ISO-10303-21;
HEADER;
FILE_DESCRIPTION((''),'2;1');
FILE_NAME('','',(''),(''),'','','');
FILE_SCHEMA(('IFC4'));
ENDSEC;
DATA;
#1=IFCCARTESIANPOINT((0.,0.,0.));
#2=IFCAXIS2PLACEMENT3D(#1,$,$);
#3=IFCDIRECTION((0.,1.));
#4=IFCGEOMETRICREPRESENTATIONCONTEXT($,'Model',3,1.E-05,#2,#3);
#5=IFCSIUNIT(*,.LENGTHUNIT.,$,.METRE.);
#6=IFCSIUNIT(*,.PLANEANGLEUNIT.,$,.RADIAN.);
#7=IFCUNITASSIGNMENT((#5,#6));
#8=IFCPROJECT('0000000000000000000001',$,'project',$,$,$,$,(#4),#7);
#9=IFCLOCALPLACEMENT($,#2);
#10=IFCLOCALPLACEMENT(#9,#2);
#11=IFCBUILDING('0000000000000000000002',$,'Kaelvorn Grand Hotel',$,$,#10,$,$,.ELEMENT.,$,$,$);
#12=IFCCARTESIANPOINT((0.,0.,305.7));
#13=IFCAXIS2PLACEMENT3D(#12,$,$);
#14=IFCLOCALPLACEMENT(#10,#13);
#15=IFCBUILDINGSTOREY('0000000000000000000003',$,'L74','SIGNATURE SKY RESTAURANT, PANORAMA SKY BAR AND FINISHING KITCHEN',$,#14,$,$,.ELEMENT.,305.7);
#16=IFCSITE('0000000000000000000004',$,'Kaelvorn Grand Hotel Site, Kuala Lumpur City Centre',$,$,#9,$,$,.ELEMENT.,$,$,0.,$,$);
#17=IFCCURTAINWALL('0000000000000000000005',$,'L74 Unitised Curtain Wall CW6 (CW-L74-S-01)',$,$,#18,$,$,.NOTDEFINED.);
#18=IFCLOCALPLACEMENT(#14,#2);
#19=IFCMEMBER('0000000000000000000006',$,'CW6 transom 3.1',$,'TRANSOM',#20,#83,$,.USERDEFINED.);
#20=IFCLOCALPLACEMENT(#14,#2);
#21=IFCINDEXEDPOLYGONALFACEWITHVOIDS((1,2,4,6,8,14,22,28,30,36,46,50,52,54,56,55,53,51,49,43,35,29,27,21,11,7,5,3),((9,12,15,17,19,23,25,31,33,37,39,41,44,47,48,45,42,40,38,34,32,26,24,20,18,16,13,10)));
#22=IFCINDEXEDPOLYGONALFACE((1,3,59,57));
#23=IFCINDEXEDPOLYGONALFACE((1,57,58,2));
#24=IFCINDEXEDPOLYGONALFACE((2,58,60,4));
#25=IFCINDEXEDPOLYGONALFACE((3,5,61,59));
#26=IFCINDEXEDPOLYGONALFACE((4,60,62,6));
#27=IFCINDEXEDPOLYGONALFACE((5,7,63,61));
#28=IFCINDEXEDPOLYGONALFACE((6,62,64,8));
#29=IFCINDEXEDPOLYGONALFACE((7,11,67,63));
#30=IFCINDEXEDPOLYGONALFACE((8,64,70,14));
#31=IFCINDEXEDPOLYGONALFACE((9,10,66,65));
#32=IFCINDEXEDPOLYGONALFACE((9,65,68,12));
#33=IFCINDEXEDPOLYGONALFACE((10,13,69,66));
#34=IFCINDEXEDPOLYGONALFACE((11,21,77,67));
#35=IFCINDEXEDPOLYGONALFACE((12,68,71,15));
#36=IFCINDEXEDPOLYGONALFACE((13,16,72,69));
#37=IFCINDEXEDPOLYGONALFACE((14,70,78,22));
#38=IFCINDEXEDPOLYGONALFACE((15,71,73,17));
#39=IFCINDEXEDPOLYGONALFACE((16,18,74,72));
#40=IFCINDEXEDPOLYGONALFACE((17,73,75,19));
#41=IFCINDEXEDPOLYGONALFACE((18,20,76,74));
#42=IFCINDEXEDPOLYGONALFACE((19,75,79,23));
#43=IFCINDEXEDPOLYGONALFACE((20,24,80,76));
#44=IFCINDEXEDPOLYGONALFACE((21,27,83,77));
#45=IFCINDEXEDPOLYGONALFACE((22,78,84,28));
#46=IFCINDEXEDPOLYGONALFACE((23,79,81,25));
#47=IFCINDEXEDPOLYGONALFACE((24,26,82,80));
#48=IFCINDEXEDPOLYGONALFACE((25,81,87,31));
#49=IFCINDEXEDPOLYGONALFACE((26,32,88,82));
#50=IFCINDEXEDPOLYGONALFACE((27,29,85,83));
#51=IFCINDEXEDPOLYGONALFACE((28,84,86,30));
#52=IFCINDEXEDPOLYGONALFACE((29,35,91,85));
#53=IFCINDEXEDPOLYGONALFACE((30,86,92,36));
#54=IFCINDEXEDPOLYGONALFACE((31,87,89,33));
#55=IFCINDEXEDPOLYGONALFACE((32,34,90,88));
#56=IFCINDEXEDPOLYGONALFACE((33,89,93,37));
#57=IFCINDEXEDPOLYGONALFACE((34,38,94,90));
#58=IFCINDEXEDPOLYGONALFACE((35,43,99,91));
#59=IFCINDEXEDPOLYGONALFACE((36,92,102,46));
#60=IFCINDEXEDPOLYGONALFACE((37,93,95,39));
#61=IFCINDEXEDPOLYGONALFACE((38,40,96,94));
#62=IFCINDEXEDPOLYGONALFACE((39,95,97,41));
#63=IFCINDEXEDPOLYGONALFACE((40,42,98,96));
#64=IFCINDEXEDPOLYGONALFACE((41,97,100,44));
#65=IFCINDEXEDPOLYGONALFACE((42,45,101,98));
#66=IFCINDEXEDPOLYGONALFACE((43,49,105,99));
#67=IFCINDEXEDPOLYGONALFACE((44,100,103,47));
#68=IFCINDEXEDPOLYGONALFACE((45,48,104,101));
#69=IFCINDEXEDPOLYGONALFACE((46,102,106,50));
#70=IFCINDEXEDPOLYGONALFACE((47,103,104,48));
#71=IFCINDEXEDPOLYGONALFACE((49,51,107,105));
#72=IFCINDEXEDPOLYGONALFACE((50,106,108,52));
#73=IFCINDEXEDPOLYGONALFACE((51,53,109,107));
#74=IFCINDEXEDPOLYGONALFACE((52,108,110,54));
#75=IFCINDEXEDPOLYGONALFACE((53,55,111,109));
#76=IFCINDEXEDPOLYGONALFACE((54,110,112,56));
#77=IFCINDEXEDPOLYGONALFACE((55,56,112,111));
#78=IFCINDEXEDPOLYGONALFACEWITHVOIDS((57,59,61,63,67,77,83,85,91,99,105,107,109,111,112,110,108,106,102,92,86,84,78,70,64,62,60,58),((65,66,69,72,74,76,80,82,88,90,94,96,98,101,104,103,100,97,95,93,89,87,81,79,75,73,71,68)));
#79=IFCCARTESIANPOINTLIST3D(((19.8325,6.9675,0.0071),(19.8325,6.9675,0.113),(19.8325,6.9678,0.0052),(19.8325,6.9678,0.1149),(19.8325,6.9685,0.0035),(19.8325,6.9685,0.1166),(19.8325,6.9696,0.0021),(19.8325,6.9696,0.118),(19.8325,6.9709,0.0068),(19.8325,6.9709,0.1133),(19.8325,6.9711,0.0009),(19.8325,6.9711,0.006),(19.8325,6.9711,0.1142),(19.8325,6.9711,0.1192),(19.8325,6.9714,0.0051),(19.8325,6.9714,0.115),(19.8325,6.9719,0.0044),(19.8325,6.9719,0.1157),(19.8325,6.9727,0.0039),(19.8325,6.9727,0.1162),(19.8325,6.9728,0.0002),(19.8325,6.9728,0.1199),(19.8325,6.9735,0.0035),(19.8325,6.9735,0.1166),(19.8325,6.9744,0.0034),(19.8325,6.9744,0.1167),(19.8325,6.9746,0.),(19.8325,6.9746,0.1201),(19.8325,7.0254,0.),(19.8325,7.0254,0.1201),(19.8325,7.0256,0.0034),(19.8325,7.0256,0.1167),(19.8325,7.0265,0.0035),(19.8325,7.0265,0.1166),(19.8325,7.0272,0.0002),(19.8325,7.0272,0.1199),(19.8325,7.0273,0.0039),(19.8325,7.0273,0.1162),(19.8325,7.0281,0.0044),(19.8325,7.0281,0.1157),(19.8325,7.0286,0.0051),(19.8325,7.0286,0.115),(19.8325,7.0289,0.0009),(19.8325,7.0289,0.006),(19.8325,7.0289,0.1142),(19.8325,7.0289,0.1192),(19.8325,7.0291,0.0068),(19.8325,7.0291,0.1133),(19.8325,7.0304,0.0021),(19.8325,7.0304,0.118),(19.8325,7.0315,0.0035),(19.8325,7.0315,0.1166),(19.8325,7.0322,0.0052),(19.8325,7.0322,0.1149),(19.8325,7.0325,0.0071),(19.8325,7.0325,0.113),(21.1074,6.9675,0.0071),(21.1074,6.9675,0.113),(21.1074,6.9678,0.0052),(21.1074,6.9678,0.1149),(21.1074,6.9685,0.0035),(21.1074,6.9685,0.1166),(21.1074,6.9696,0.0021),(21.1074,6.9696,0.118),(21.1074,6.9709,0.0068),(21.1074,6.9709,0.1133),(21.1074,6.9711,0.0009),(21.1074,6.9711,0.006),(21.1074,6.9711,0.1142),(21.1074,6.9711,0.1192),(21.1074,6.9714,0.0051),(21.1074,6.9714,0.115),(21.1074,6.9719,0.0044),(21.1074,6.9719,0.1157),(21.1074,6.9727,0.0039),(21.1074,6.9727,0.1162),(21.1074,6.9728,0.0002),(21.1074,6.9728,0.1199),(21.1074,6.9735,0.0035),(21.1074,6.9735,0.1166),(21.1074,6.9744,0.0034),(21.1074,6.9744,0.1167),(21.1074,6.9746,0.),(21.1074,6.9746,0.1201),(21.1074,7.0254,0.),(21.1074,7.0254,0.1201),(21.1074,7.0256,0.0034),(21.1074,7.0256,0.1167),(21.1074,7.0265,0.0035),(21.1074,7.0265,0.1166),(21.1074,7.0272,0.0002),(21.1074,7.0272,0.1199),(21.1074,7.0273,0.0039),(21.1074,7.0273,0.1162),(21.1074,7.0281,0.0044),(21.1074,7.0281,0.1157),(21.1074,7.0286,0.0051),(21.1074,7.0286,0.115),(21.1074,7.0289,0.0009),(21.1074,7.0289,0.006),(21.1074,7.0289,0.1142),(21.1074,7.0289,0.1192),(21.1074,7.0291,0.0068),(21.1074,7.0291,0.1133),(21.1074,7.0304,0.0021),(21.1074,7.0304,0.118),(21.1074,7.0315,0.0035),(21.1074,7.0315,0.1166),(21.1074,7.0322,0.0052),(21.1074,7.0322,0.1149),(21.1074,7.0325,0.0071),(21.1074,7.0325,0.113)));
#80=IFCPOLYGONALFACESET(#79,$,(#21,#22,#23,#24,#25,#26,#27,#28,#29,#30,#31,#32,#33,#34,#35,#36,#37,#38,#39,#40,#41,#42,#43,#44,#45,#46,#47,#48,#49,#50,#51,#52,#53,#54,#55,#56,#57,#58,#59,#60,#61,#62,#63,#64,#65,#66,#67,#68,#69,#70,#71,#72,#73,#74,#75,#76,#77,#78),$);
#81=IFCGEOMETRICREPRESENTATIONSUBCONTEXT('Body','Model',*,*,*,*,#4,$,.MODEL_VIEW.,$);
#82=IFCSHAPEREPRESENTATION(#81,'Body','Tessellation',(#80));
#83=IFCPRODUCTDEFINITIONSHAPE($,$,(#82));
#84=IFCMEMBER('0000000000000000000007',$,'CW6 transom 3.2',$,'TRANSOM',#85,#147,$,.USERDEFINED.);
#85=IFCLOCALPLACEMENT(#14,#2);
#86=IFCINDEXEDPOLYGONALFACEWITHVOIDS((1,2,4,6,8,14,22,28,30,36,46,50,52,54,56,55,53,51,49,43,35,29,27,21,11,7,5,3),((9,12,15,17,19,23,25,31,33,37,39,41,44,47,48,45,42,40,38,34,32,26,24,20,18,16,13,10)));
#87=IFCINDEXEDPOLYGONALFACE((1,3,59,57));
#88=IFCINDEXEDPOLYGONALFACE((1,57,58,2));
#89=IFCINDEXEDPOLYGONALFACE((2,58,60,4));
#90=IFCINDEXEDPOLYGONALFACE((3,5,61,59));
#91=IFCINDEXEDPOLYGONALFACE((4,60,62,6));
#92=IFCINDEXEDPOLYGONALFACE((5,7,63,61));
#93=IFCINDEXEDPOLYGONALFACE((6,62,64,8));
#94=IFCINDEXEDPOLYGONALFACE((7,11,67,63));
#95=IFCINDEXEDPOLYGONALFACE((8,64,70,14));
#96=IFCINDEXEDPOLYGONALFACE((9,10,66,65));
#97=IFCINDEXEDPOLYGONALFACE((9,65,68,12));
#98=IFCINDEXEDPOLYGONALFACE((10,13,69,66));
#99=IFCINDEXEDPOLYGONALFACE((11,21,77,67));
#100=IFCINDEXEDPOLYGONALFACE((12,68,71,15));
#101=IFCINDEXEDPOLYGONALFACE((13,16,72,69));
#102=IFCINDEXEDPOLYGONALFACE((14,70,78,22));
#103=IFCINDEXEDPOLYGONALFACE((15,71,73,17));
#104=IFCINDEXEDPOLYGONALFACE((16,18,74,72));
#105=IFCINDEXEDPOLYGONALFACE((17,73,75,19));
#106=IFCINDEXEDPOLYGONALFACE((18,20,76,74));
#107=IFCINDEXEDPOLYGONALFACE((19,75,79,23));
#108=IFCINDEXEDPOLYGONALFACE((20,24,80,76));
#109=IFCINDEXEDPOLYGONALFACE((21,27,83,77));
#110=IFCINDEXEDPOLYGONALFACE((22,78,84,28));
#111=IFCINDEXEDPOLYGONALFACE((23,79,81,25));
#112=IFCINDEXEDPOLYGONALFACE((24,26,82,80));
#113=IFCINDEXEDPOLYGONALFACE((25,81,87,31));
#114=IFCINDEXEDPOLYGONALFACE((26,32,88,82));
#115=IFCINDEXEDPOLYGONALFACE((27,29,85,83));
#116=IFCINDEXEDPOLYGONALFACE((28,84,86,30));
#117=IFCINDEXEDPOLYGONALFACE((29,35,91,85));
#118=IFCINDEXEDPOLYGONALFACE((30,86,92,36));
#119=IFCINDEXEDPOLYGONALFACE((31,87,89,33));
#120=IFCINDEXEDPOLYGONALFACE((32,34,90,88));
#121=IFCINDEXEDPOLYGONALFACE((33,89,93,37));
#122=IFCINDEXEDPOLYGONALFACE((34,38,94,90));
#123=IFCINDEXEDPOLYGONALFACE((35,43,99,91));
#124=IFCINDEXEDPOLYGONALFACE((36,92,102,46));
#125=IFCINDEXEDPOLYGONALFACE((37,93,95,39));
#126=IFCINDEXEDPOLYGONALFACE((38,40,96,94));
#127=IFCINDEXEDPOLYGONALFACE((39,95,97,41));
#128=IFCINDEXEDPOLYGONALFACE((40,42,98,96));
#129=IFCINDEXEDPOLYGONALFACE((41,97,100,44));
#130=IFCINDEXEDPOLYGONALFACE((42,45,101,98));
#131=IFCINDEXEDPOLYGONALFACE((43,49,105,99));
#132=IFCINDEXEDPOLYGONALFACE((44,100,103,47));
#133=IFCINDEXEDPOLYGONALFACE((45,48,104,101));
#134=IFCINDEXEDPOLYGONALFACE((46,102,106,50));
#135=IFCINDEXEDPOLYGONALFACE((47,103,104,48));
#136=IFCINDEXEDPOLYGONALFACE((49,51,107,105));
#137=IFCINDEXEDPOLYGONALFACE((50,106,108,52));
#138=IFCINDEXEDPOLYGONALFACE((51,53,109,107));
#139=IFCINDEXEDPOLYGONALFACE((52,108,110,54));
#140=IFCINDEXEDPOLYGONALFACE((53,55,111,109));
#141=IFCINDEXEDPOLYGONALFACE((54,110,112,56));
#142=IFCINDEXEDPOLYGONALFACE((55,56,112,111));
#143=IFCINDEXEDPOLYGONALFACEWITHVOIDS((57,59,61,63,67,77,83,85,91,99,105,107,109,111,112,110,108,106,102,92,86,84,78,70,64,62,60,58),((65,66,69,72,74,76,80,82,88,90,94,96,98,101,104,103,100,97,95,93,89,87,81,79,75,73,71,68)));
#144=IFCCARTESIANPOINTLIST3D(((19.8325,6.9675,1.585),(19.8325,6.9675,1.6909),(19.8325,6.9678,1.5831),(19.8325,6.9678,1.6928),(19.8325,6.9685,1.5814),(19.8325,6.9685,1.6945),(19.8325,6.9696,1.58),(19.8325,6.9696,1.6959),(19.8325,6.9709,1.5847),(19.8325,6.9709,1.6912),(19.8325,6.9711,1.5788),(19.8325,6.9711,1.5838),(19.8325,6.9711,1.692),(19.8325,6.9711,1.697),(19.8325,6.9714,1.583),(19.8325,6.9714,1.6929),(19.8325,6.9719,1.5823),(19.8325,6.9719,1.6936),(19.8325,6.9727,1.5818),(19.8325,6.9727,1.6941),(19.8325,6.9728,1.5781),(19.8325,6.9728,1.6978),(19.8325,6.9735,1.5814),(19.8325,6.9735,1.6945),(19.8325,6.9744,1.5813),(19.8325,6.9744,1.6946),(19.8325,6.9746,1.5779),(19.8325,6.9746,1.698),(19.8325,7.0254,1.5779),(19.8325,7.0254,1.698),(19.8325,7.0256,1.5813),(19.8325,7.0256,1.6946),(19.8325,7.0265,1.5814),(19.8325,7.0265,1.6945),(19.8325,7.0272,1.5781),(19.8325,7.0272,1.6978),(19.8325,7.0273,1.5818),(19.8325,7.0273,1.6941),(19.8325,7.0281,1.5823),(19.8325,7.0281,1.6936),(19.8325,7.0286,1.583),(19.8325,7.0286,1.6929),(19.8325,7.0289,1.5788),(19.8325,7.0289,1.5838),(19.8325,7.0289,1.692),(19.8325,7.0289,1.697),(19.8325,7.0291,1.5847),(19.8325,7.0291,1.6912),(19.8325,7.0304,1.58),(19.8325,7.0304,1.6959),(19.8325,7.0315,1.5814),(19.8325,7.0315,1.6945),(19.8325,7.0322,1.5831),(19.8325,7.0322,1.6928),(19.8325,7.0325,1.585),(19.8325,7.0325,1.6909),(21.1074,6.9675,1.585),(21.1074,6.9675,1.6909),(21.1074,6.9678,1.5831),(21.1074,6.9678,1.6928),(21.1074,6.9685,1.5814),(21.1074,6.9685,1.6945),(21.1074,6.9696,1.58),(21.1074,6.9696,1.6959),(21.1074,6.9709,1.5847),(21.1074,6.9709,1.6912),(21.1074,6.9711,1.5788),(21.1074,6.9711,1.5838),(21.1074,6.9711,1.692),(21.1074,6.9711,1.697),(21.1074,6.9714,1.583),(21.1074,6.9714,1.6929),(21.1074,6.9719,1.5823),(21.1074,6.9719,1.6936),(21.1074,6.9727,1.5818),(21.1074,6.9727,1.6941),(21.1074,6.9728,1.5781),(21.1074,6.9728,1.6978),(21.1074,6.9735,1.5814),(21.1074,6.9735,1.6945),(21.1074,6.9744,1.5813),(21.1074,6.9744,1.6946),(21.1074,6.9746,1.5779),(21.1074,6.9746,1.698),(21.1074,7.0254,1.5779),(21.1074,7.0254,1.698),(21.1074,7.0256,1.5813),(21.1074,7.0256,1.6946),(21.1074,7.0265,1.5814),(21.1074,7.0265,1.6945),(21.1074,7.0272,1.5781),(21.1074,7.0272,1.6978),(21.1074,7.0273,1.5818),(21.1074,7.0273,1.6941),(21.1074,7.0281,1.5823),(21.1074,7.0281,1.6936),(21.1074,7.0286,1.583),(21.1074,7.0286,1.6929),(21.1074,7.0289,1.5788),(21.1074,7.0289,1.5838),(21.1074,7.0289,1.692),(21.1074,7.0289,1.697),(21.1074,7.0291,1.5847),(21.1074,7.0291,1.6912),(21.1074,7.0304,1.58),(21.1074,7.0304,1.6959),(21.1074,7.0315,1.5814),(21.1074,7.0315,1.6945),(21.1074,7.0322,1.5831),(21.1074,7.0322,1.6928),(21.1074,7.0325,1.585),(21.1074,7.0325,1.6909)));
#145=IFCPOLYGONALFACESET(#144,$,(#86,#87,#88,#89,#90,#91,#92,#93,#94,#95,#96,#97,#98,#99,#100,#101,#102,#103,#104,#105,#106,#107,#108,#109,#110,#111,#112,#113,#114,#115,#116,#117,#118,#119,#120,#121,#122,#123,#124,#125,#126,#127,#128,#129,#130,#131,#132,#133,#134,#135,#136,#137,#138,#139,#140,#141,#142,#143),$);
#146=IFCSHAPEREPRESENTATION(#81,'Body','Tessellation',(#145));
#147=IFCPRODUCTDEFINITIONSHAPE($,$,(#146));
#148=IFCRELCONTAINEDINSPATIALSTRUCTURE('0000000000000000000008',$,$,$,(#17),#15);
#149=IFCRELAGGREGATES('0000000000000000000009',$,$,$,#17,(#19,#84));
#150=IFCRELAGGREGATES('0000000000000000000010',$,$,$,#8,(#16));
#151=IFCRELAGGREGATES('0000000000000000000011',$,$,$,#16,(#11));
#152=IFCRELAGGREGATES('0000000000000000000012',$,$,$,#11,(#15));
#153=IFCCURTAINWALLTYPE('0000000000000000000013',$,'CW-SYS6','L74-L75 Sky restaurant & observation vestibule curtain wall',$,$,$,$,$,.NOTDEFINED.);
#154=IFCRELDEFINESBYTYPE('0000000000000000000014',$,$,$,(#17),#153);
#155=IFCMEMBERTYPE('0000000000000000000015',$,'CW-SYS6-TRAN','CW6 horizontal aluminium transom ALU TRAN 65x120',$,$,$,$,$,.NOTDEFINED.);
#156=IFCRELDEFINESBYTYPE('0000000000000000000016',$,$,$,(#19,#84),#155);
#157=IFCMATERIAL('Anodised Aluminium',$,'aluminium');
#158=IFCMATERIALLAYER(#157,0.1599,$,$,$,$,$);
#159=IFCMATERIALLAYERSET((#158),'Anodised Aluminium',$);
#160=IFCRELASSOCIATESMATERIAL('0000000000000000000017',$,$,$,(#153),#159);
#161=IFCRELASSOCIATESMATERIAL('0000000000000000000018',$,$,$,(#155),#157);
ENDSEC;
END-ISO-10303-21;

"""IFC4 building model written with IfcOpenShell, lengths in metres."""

from ifc_helpers import new_model, si_unit, direction, frame, origin, origin_2d, place, context, subcontext, project, spatial, hollow_rectangle, extrude, material, layer, layer_set, material_profile, profile_set, type_object, element, aggregate, save


model = new_model("IFC4")

# Units and contexts
model_context = context("Model", 3, precision=1e-05, world=origin(), true_north=direction((0.0, 1.0)))
body_context = subcontext(model_context, "Body", "Model", "MODEL_VIEW")
ifc_project = project(units=[si_unit("LENGTHUNIT", "METRE"), si_unit("PLANEANGLEUNIT", "RADIAN")], contexts=[model_context])

# Site, building, storey
site_placement = place(None, origin())
site = spatial("IfcSite", under=ifc_project, at=site_placement, Name="Kaelvorn Grand Hotel Site, Kuala Lumpur City Centre", CompositionType="ELEMENT", RefElevation=0.0)
building_placement = place(site_placement, origin())
building = spatial("IfcBuilding", under=site, at=building_placement, Name="Kaelvorn Grand Hotel", CompositionType="ELEMENT")
storey_placement = place(building_placement, frame((0.0, 0.0, 305.7)))
storey = spatial("IfcBuildingStorey", under=building, at=storey_placement, Name="L74", Description="SIGNATURE SKY RESTAURANT, PANORAMA SKY BAR AND FINISHING KITCHEN", CompositionType="ELEMENT", Elevation=305.7)

# Curtain wall, members
ifc_material_1 = material(Name="Anodised Aluminium", Category="aluminium")
ifc_layer_1 = layer(ifc_material_1, 0.1599)
ifc_layer_set_1 = layer_set([ifc_layer_1], Name="Anodised Aluminium")
curtain_wall_type = type_object("IfcCurtainWallType", Name="CW-SYS6", Description="L74-L75 Sky restaurant & observation vestibule curtain wall", PredefinedType="NOTDEFINED", material=ifc_layer_set_1)
curtain_wall_placement = place(storey_placement, origin())
curtain_wall = element("IfcCurtainWall", 1, at=curtain_wall_placement, inside=storey, type_object=curtain_wall_type, Name="L74 Unitised Curtain Wall CW6 (CW-L74-S-01)", PredefinedType="NOTDEFINED")
ifc_material_profile_1 = material_profile(ifc_material_1, hollow_rectangle(XDim=0.0649, YDim=0.1201, WallThickness=0.0034, InnerFilletRadius=0.0034, OuterFilletRadius=0.0071, at=origin_2d()), Name="ALU TRAN 65x120")
ifc_profile_set_1 = profile_set([ifc_material_profile_1], Name="Anodised Aluminium")
member_type_1 = type_object("IfcMemberType", Name="CW-SYS6-TRAN", Description="CW6 horizontal aluminium transom ALU TRAN 65x120", PredefinedType="NOTDEFINED", material=ifc_profile_set_1)
member_1_placement = place(storey_placement, frame((19.8325, 7.0, 0.0601), z_axis=(1.0, 0.0, 0.0), x_axis=(0.0, 1.0, 0.0)))
member_1 = element("IfcMember", 2, at=member_1_placement, type_object=member_type_1, Name="CW6 transom 3.1", ObjectType="TRANSOM", PredefinedType="USERDEFINED", context=body_context, shape_type="SweptSolid", body=[
    extrude(hollow_rectangle(XDim=0.0649, YDim=0.1201, WallThickness=0.0034, InnerFilletRadius=0.0034, OuterFilletRadius=0.0071, at=origin_2d()), origin(), (0.0, 0.0, 1.0), 1.2749),
])
member_2_placement = place(storey_placement, frame((19.8325, 7.0, 1.6379), z_axis=(1.0, 0.0, 0.0), x_axis=(0.0, 1.0, 0.0)))
member_2 = element("IfcMember", 3, at=member_2_placement, type_object=member_type_1, Name="CW6 transom 3.2", ObjectType="TRANSOM", PredefinedType="USERDEFINED", context=body_context, shape_type="SweptSolid", body=[
    extrude(hollow_rectangle(XDim=0.0649, YDim=0.1201, WallThickness=0.0034, InnerFilletRadius=0.0034, OuterFilletRadius=0.0071, at=origin_2d()), origin(), (0.0, 0.0, 1.0), 1.2749),
])
aggregate(curtain_wall, [member_1, member_2])

save(model, "model.ifc")
